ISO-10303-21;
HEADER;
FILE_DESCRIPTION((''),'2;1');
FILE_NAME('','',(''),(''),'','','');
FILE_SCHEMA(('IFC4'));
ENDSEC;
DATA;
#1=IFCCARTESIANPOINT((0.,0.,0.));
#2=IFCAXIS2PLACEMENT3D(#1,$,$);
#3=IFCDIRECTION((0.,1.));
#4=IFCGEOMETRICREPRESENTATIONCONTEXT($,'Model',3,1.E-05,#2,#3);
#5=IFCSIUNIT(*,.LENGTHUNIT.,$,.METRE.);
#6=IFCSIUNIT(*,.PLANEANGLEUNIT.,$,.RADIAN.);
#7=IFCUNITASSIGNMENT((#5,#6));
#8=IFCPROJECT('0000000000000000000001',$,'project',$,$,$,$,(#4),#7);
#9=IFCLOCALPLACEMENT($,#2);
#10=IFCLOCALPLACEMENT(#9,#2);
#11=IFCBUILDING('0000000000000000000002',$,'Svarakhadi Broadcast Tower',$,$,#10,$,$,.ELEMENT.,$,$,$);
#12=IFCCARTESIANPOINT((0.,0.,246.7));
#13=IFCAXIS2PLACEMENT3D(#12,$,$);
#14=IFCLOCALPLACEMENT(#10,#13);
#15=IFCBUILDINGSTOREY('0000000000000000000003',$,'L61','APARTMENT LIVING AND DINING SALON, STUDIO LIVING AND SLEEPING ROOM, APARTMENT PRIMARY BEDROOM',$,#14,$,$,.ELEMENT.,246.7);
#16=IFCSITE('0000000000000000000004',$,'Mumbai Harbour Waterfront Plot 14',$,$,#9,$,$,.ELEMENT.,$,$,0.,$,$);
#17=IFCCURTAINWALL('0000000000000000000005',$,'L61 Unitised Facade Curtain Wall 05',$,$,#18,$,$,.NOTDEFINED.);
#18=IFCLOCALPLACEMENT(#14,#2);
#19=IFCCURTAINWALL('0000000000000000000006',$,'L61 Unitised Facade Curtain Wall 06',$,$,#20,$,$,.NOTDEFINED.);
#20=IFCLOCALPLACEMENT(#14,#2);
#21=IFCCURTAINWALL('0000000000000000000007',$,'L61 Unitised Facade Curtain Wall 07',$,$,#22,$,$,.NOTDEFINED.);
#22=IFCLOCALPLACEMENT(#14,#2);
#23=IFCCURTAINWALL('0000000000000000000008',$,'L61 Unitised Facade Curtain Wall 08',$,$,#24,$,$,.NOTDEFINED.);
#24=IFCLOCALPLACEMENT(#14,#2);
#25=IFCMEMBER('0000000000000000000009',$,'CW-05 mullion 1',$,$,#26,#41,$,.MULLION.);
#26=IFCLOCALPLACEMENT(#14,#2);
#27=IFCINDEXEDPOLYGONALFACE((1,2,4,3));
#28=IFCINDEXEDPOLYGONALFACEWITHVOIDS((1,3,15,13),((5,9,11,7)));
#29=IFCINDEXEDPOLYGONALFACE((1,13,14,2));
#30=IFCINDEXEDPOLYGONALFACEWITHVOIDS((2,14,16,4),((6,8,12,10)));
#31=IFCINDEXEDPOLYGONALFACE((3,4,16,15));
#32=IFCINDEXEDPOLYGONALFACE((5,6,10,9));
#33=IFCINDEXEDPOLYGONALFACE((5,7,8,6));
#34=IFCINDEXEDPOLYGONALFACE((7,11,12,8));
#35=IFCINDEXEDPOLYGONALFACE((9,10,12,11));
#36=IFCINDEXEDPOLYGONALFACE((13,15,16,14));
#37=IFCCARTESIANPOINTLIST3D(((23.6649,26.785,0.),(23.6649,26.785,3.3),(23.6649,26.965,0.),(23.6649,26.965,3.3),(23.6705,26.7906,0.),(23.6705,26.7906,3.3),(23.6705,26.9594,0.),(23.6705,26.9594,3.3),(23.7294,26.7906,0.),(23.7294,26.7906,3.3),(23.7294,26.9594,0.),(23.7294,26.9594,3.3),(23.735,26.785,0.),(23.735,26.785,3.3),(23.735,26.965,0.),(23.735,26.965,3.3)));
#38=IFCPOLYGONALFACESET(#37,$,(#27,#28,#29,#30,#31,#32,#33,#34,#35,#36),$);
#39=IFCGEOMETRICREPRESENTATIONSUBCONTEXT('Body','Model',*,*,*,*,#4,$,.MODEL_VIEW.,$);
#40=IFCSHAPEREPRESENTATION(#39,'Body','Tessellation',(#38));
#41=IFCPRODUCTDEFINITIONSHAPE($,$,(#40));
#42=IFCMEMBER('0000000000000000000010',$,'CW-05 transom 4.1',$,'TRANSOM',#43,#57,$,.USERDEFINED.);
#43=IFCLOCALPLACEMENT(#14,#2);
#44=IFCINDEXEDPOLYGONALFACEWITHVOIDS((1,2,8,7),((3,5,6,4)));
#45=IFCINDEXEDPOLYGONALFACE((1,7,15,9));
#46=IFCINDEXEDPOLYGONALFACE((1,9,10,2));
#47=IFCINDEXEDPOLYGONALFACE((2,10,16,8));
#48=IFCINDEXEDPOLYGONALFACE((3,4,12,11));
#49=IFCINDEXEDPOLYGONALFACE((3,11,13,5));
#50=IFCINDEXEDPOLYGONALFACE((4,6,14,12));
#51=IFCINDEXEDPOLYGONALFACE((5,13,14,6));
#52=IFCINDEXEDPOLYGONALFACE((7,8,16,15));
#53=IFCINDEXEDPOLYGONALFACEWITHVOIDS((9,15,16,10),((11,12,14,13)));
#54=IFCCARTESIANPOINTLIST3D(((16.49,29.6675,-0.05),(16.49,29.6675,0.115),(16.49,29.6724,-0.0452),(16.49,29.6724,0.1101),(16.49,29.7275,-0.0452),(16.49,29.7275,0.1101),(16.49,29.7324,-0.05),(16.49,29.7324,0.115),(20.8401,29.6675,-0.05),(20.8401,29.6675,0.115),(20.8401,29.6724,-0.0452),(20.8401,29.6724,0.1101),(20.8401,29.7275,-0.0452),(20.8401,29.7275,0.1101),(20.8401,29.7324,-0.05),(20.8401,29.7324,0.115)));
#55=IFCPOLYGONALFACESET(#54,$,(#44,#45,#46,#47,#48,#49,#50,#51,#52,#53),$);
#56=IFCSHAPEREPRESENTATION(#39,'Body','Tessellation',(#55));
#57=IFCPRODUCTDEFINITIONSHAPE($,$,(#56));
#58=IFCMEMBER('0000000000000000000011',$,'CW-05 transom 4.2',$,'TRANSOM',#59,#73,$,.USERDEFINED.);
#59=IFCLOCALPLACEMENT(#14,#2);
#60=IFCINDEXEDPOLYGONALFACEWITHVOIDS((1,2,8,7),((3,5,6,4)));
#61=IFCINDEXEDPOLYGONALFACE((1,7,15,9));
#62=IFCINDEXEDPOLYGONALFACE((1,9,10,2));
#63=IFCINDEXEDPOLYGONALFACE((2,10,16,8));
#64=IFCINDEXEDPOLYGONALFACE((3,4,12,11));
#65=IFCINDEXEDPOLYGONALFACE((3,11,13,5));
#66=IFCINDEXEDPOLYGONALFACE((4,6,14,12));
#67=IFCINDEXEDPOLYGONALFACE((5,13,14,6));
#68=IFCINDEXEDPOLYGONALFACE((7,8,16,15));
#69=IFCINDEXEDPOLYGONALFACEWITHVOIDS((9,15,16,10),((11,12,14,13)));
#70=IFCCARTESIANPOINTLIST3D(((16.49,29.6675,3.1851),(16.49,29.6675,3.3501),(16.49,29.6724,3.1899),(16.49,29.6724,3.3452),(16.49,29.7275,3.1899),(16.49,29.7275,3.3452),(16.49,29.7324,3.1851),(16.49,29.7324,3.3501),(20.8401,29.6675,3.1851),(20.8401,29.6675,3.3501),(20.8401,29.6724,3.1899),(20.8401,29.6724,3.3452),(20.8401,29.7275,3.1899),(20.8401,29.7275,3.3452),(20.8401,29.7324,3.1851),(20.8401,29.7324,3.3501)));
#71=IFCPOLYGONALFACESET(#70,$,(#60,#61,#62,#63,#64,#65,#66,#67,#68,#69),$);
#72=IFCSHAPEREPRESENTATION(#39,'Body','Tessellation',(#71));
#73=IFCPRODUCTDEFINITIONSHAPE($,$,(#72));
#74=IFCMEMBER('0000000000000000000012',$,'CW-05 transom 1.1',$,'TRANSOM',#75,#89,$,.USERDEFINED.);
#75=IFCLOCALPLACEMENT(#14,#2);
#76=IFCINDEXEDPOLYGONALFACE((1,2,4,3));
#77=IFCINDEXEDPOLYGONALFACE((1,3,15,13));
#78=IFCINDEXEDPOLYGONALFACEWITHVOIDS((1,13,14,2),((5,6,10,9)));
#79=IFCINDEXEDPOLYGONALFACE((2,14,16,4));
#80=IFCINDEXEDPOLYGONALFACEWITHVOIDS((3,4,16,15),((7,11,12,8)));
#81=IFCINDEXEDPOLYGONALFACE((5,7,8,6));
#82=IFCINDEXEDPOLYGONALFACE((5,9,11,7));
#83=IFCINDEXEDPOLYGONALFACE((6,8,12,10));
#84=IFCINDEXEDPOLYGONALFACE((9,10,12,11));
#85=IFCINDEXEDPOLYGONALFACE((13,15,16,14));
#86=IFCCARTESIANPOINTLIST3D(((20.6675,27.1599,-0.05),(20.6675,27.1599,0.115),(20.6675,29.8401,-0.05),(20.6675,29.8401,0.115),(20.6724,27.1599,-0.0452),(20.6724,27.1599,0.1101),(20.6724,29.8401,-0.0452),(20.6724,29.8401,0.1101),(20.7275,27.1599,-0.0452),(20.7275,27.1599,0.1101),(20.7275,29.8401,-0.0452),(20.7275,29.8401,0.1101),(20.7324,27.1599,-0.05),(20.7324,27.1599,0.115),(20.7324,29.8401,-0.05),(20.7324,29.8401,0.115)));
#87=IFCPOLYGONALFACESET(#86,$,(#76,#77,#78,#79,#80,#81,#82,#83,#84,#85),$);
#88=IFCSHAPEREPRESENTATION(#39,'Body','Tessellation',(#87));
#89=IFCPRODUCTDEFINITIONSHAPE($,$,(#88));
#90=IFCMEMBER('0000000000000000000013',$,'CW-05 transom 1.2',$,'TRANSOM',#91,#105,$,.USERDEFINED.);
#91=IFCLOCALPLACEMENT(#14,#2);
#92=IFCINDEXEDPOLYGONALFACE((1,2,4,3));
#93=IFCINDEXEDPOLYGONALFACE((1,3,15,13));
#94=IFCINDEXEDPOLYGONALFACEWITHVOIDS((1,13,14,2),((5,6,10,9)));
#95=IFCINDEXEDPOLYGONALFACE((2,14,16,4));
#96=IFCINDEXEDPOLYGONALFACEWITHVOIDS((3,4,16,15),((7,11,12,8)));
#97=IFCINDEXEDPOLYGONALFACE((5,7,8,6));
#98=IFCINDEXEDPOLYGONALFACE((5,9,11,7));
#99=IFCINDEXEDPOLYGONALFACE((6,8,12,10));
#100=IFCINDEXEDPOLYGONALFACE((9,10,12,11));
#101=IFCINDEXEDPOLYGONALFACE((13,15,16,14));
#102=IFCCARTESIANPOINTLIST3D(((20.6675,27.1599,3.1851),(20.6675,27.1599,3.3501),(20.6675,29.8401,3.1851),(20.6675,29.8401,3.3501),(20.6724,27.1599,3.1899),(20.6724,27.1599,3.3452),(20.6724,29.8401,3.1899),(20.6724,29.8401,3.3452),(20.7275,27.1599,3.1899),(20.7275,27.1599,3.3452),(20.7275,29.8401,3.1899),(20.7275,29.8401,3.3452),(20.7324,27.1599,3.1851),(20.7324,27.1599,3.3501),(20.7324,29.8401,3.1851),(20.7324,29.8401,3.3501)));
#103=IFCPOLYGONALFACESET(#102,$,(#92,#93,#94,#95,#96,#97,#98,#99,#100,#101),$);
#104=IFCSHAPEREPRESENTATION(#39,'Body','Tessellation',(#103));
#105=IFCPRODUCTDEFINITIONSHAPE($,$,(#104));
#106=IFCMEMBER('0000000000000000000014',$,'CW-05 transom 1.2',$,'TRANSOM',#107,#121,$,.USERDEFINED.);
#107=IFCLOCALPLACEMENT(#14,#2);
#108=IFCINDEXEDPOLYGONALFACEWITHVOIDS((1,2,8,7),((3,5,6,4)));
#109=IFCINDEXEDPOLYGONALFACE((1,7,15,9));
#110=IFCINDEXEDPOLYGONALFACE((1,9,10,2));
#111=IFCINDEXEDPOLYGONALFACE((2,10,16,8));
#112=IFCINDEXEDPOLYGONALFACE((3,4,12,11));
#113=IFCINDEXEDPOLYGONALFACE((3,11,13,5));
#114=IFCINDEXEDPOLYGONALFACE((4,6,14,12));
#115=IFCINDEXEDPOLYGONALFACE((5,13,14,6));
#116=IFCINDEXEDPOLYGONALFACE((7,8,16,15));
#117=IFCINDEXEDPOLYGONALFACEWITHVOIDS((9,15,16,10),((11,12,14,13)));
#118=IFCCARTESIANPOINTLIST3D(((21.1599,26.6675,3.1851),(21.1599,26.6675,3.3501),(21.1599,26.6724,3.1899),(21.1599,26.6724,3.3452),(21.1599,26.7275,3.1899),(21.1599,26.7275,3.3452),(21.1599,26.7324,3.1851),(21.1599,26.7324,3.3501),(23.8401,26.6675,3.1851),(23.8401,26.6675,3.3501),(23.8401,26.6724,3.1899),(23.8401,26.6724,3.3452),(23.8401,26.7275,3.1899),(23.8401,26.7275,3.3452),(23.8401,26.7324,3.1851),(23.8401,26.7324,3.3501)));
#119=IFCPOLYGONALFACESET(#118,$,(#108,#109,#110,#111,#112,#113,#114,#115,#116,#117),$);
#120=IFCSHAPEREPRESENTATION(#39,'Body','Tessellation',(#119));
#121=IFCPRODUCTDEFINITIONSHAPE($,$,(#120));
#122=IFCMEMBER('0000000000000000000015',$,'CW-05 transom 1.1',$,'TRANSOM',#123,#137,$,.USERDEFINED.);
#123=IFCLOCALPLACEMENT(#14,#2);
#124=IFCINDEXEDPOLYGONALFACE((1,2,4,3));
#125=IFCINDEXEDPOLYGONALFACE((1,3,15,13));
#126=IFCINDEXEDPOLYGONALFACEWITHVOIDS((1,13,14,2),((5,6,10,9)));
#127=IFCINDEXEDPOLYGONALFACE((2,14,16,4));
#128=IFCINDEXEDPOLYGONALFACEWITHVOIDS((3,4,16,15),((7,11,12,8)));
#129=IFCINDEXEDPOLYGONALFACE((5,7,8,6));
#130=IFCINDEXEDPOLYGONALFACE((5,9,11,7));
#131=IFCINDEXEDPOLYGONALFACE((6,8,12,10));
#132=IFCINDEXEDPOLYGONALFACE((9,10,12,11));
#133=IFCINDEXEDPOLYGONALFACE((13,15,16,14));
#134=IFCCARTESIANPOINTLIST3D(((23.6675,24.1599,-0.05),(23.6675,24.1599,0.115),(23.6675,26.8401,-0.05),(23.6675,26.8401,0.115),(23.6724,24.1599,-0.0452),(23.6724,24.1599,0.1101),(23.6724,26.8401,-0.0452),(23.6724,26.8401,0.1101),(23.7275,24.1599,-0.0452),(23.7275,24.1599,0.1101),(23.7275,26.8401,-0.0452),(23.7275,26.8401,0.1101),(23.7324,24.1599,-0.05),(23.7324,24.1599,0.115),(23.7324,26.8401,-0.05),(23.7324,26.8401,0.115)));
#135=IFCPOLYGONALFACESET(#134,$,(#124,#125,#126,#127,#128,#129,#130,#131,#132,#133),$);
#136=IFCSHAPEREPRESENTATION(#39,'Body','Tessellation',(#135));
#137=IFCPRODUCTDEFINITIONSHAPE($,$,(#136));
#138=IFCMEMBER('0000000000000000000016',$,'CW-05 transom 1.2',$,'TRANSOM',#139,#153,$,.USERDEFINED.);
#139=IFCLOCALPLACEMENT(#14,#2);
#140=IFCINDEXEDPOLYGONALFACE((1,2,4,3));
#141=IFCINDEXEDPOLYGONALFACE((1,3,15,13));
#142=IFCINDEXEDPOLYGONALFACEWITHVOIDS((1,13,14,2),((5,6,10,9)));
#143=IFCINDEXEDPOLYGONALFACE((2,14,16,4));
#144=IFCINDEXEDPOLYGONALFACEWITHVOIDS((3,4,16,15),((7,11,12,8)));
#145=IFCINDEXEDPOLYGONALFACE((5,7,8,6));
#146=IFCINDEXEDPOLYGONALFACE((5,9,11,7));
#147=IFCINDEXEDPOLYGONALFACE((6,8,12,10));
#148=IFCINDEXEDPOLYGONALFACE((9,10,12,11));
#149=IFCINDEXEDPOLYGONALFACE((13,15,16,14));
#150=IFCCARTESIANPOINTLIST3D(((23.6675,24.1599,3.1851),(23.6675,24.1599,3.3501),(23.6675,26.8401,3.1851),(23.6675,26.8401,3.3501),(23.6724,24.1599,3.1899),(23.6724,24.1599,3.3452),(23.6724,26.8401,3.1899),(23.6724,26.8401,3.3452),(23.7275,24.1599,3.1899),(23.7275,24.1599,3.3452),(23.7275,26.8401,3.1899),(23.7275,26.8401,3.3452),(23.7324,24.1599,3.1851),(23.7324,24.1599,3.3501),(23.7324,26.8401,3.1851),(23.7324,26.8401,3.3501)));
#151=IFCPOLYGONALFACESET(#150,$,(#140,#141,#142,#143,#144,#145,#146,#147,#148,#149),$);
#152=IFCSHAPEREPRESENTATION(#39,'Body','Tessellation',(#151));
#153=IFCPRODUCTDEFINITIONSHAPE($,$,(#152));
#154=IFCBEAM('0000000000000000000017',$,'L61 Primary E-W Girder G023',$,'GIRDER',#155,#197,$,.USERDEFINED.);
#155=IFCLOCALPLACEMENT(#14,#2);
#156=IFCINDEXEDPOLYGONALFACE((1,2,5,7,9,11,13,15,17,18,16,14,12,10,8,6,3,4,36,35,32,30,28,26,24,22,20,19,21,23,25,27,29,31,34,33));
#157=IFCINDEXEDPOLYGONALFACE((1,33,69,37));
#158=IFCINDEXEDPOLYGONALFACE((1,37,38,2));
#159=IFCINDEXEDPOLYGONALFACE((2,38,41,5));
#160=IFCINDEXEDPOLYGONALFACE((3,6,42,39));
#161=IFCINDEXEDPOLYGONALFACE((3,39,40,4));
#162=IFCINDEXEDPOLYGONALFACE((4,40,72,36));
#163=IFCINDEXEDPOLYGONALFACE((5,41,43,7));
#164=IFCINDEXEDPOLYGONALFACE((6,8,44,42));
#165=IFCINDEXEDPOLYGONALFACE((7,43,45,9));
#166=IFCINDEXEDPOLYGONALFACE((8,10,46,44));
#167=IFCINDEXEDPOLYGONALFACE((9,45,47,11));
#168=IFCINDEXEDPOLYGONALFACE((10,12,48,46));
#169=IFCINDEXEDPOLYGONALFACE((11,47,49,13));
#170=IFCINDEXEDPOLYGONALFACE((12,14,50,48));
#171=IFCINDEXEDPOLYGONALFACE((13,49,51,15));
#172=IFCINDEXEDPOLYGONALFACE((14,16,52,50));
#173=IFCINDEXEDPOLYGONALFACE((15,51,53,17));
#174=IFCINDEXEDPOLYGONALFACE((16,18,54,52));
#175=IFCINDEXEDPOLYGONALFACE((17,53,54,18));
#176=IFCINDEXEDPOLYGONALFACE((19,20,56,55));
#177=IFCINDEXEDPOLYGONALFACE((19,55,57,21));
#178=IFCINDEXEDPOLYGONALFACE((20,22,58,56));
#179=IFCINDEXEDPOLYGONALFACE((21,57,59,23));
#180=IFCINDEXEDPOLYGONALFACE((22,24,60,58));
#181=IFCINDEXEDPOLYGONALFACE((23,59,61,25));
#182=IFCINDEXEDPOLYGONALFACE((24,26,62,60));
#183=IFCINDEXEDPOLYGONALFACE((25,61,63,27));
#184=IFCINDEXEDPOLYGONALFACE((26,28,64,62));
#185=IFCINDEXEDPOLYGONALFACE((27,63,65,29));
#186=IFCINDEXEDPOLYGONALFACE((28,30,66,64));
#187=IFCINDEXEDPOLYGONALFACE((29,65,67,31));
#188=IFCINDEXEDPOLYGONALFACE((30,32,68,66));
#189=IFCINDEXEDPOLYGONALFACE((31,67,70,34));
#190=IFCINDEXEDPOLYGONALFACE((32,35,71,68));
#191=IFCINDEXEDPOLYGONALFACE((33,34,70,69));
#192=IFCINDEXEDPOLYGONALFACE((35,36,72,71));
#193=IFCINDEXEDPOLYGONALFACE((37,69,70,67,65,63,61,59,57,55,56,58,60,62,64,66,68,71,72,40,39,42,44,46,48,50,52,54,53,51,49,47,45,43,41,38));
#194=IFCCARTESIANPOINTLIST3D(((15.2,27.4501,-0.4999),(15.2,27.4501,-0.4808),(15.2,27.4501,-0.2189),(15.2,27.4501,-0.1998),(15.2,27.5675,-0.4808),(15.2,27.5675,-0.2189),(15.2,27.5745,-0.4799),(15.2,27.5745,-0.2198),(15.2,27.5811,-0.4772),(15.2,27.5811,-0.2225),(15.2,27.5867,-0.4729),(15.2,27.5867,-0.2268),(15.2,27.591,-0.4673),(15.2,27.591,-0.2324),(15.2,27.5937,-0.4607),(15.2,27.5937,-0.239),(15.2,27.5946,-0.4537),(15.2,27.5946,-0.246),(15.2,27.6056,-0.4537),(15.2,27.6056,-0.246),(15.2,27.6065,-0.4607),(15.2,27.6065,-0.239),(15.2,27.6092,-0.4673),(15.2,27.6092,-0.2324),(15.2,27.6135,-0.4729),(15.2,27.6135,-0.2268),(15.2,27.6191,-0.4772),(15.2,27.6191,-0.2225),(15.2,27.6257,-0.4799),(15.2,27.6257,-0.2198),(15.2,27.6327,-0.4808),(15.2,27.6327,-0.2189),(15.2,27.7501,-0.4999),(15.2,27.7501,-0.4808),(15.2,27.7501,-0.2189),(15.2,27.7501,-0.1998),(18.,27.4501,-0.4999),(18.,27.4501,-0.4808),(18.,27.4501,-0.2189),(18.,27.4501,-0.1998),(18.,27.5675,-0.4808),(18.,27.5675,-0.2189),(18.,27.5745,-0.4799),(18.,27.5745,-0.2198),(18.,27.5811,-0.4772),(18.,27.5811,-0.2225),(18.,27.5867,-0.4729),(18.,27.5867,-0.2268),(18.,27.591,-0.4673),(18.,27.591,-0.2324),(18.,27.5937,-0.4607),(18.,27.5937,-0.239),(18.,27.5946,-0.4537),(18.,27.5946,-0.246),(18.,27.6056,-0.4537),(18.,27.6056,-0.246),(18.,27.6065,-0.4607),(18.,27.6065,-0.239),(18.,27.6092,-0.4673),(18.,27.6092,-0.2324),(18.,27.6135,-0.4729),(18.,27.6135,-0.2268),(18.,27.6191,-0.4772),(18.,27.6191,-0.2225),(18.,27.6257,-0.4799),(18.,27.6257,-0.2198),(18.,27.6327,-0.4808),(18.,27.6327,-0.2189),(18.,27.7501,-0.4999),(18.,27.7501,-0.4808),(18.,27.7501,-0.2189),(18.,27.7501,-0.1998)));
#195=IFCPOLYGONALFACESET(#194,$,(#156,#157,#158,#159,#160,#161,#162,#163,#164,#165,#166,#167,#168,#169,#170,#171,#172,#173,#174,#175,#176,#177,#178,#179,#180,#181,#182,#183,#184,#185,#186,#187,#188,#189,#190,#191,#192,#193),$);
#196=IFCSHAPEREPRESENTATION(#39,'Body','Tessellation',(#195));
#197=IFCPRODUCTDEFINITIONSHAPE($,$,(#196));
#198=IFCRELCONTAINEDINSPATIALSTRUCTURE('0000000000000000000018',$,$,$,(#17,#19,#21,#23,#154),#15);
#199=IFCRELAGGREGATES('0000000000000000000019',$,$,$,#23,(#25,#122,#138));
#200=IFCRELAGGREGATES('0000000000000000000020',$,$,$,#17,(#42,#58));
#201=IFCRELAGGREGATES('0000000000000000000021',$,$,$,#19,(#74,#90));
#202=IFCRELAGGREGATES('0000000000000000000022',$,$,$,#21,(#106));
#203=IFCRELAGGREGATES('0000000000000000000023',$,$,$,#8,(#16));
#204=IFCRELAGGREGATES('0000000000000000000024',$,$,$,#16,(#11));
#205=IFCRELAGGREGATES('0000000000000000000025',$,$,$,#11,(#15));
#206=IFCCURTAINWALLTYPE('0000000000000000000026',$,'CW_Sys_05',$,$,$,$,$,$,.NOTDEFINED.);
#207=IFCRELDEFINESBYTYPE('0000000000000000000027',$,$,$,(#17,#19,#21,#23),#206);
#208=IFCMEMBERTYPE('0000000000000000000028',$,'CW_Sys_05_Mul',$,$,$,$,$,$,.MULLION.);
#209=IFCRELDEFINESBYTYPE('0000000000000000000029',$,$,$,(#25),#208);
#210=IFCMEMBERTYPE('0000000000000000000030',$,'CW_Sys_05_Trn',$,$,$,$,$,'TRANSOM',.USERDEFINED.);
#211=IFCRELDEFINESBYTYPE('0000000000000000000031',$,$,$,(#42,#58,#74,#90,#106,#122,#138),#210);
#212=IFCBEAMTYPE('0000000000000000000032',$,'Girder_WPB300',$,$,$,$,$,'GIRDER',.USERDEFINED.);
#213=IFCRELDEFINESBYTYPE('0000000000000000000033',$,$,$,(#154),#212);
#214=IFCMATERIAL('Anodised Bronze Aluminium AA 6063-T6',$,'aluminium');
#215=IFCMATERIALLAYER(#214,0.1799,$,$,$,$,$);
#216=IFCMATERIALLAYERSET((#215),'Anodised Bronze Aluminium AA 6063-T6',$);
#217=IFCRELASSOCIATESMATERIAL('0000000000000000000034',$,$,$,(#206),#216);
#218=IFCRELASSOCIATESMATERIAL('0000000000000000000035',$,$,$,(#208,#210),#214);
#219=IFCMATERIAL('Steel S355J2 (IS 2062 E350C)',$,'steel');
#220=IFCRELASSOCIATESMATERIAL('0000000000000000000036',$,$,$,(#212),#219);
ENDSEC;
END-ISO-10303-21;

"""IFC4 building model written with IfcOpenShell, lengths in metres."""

from ifc_helpers import new_model, si_unit, direction, frame, origin, origin_2d, place, context, subcontext, project, spatial, hollow_rectangle, i_section, extrude, material, layer, layer_set, material_profile, profile_set, type_object, element, aggregate, save


model = new_model("IFC4")

# Units and contexts
model_context = context("Model", 3, precision=1e-05, world=origin(), true_north=direction((0.0, 1.0)))
body_context = subcontext(model_context, "Body", "Model", "MODEL_VIEW")
ifc_project = project(units=[si_unit("LENGTHUNIT", "METRE"), si_unit("PLANEANGLEUNIT", "RADIAN")], contexts=[model_context])

# Site, building, storey
site_placement = place(None, origin())
site = spatial("IfcSite", under=ifc_project, at=site_placement, Name="Mumbai Harbour Waterfront Plot 14", CompositionType="ELEMENT", RefElevation=0.0)
building_placement = place(site_placement, origin())
building = spatial("IfcBuilding", under=site, at=building_placement, Name="Svarakhadi Broadcast Tower", CompositionType="ELEMENT")
storey_placement = place(building_placement, frame((0.0, 0.0, 246.7)))
storey = spatial("IfcBuildingStorey", under=building, at=storey_placement, Name="L61", Description="APARTMENT LIVING AND DINING SALON, STUDIO LIVING AND SLEEPING ROOM, APARTMENT PRIMARY BEDROOM", CompositionType="ELEMENT", Elevation=246.7)

# Curtain walls
ifc_material_1 = material(Name="Anodised Bronze Aluminium AA 6063-T6", Category="aluminium")
ifc_layer_1 = layer(ifc_material_1, 0.1799)
ifc_layer_set_1 = layer_set([ifc_layer_1], Name="Anodised Bronze Aluminium AA 6063-T6")
curtain_wall_type = type_object("IfcCurtainWallType", Name="CW_Sys_05", PredefinedType="NOTDEFINED", material=ifc_layer_set_1)
curtain_wall_1_placement = place(storey_placement, origin())
curtain_wall_1 = element("IfcCurtainWall", 1, at=curtain_wall_1_placement, inside=storey, type_object=curtain_wall_type, Name="L61 Unitised Facade Curtain Wall 05", PredefinedType="NOTDEFINED")
ifc_material_profile_1 = material_profile(ifc_material_1, hollow_rectangle(XDim=0.0701, YDim=0.1799, WallThickness=0.0056, at=origin_2d()), Name="ALU MULLION 180x70x6")
ifc_profile_set_1 = profile_set([ifc_material_profile_1], Name="Anodised Bronze Aluminium AA 6063-T6")
member_type_1 = type_object("IfcMemberType", Name="CW_Sys_05_Mul", PredefinedType="MULLION", material=ifc_profile_set_1)
curtain_wall_2_placement = place(storey_placement, origin())
curtain_wall_2 = element("IfcCurtainWall", 2, at=curtain_wall_2_placement, inside=storey, type_object=curtain_wall_type, Name="L61 Unitised Facade Curtain Wall 06", PredefinedType="NOTDEFINED")

# Curtain walls, member
curtain_wall_3_placement = place(storey_placement, origin())
curtain_wall_3 = element("IfcCurtainWall", 3, at=curtain_wall_3_placement, inside=storey, type_object=curtain_wall_type, Name="L61 Unitised Facade Curtain Wall 07", PredefinedType="NOTDEFINED")
curtain_wall_4_placement = place(storey_placement, origin())
curtain_wall_4 = element("IfcCurtainWall", 4, at=curtain_wall_4_placement, inside=storey, type_object=curtain_wall_type, Name="L61 Unitised Facade Curtain Wall 08", PredefinedType="NOTDEFINED")
member_1_placement = place(storey_placement, frame((23.7, 26.875, 0.0), z_axis=(0.0, 0.0, 1.0), x_axis=(1.0, 0.0, 0.0)))
member_1 = element("IfcMember", 5, at=member_1_placement, type_object=member_type_1, Name="CW-05 mullion 1", PredefinedType="MULLION", context=body_context, shape_type="SweptSolid", body=[
    extrude(hollow_rectangle(XDim=0.0701, YDim=0.1799, WallThickness=0.0056, at=origin_2d()), origin(), (0.0, 0.0, 1.0), 3.3),
])

# Members
ifc_material_profile_2 = material_profile(ifc_material_1, hollow_rectangle(XDim=0.0649, YDim=0.165, WallThickness=0.0049, at=origin_2d()), Name="ALU TRANSOM 165x65x5")
ifc_profile_set_2 = profile_set([ifc_material_profile_2], Name="Anodised Bronze Aluminium AA 6063-T6")
member_type_2 = type_object("IfcMemberType", Name="CW_Sys_05_Trn", ElementType="TRANSOM", PredefinedType="USERDEFINED", material=ifc_profile_set_2)
member_2_placement = place(storey_placement, frame((16.49, 29.7, 0.0325), z_axis=(1.0, 0.0, 0.0), x_axis=(0.0, 1.0, 0.0)))
member_2 = element("IfcMember", 6, at=member_2_placement, type_object=member_type_2, Name="CW-05 transom 4.1", ObjectType="TRANSOM", PredefinedType="USERDEFINED", context=body_context, shape_type="SweptSolid", body=[
    extrude(hollow_rectangle(XDim=0.0649, YDim=0.165, WallThickness=0.0049, at=origin_2d()), origin(), (0.0, 0.0, 1.0), 4.3501),
])
member_3_placement = place(storey_placement, frame((16.49, 29.7, 3.2676), z_axis=(1.0, 0.0, 0.0), x_axis=(0.0, 1.0, 0.0)))
member_3 = element("IfcMember", 7, at=member_3_placement, type_object=member_type_2, Name="CW-05 transom 4.2", ObjectType="TRANSOM", PredefinedType="USERDEFINED", context=body_context, shape_type="SweptSolid", body=[
    extrude(hollow_rectangle(XDim=0.0649, YDim=0.165, WallThickness=0.0049, at=origin_2d()), origin(), (0.0, 0.0, 1.0), 4.3501),
])
member_4_placement = place(storey_placement, frame((20.7, 29.8401, 0.0325), z_axis=(0.0, -1.0, 0.0), x_axis=(1.0, 0.0, 0.0)))
member_4 = element("IfcMember", 8, at=member_4_placement, type_object=member_type_2, Name="CW-05 transom 1.1", ObjectType="TRANSOM", PredefinedType="USERDEFINED", context=body_context, shape_type="SweptSolid", body=[
    extrude(hollow_rectangle(XDim=0.0649, YDim=0.165, WallThickness=0.0049, at=origin_2d()), origin(), (0.0, 0.0, 1.0), 2.6802),
])
member_5_placement = place(storey_placement, frame((20.7, 29.8401, 3.2676), z_axis=(0.0, -1.0, 0.0), x_axis=(1.0, 0.0, 0.0)))
member_5 = element("IfcMember", 9, at=member_5_placement, type_object=member_type_2, Name="CW-05 transom 1.2", ObjectType="TRANSOM", PredefinedType="USERDEFINED", context=body_context, shape_type="SweptSolid", body=[
    extrude(hollow_rectangle(XDim=0.0649, YDim=0.165, WallThickness=0.0049, at=origin_2d()), origin(), (0.0, 0.0, 1.0), 2.6802),
])
member_6_placement = place(storey_placement, frame((21.1599, 26.7, 3.2676), z_axis=(1.0, 0.0, 0.0), x_axis=(0.0, 1.0, 0.0)))
member_6 = element("IfcMember", 10, at=member_6_placement, type_object=member_type_2, Name="CW-05 transom 1.2", ObjectType="TRANSOM", PredefinedType="USERDEFINED", context=body_context, shape_type="SweptSolid", body=[
    extrude(hollow_rectangle(XDim=0.0649, YDim=0.165, WallThickness=0.0049, at=origin_2d()), origin(), (0.0, 0.0, 1.0), 2.6802),
])
member_7_placement = place(storey_placement, frame((23.7, 26.8401, 0.0325), z_axis=(0.0, -1.0, 0.0), x_axis=(1.0, 0.0, 0.0)))
member_7 = element("IfcMember", 11, at=member_7_placement, type_object=member_type_2, Name="CW-05 transom 1.1", ObjectType="TRANSOM", PredefinedType="USERDEFINED", context=body_context, shape_type="SweptSolid", body=[
    extrude(hollow_rectangle(XDim=0.0649, YDim=0.165, WallThickness=0.0049, at=origin_2d()), origin(), (0.0, 0.0, 1.0), 2.6802),
])
member_8_placement = place(storey_placement, frame((23.7, 26.8401, 3.2676), z_axis=(0.0, -1.0, 0.0), x_axis=(1.0, 0.0, 0.0)))
member_8 = element("IfcMember", 12, at=member_8_placement, type_object=member_type_2, Name="CW-05 transom 1.2", ObjectType="TRANSOM", PredefinedType="USERDEFINED", context=body_context, shape_type="SweptSolid", body=[
    extrude(hollow_rectangle(XDim=0.0649, YDim=0.165, WallThickness=0.0049, at=origin_2d()), origin(), (0.0, 0.0, 1.0), 2.6802),
])
aggregate(curtain_wall_4, [member_1, member_7, member_8])

# Beam
ifc_material_2 = material(Name="Steel S355J2 (IS 2062 E350C)", Category="steel")
ifc_material_profile_3 = material_profile(ifc_material_2, i_section(OverallWidth=0.3, OverallDepth=0.3, WebThickness=0.011, FlangeThickness=0.019, FilletRadius=0.0271, at=origin_2d()), Name="WPB 300x300x117")
ifc_profile_set_3 = profile_set([ifc_material_profile_3], Name="Steel S355J2 (IS 2062 E350C)")
beam_type = type_object("IfcBeamType", Name="Girder_WPB300", ElementType="GIRDER", PredefinedType="USERDEFINED", material=ifc_profile_set_3)
beam_placement = place(storey_placement, frame((15.2, 27.6001, -0.3499), z_axis=(1.0, 0.0, 0.0), x_axis=(0.0, 1.0, 0.0)))
element("IfcBeam", 13, at=beam_placement, inside=storey, type_object=beam_type, Name="L61 Primary E-W Girder G023", ObjectType="GIRDER", PredefinedType="USERDEFINED", context=body_context, shape_type="SweptSolid", body=[
    extrude(i_section(OverallWidth=0.3, OverallDepth=0.3, WebThickness=0.011, FlangeThickness=0.019, FilletRadius=0.0271, at=origin_2d()), origin(), (0.0, 0.0, 1.0), 2.8),
])

aggregate(curtain_wall_1, [member_2, member_3])
aggregate(curtain_wall_2, [member_4, member_5])
aggregate(curtain_wall_3, [member_6])

save(model, "model.ifc")
